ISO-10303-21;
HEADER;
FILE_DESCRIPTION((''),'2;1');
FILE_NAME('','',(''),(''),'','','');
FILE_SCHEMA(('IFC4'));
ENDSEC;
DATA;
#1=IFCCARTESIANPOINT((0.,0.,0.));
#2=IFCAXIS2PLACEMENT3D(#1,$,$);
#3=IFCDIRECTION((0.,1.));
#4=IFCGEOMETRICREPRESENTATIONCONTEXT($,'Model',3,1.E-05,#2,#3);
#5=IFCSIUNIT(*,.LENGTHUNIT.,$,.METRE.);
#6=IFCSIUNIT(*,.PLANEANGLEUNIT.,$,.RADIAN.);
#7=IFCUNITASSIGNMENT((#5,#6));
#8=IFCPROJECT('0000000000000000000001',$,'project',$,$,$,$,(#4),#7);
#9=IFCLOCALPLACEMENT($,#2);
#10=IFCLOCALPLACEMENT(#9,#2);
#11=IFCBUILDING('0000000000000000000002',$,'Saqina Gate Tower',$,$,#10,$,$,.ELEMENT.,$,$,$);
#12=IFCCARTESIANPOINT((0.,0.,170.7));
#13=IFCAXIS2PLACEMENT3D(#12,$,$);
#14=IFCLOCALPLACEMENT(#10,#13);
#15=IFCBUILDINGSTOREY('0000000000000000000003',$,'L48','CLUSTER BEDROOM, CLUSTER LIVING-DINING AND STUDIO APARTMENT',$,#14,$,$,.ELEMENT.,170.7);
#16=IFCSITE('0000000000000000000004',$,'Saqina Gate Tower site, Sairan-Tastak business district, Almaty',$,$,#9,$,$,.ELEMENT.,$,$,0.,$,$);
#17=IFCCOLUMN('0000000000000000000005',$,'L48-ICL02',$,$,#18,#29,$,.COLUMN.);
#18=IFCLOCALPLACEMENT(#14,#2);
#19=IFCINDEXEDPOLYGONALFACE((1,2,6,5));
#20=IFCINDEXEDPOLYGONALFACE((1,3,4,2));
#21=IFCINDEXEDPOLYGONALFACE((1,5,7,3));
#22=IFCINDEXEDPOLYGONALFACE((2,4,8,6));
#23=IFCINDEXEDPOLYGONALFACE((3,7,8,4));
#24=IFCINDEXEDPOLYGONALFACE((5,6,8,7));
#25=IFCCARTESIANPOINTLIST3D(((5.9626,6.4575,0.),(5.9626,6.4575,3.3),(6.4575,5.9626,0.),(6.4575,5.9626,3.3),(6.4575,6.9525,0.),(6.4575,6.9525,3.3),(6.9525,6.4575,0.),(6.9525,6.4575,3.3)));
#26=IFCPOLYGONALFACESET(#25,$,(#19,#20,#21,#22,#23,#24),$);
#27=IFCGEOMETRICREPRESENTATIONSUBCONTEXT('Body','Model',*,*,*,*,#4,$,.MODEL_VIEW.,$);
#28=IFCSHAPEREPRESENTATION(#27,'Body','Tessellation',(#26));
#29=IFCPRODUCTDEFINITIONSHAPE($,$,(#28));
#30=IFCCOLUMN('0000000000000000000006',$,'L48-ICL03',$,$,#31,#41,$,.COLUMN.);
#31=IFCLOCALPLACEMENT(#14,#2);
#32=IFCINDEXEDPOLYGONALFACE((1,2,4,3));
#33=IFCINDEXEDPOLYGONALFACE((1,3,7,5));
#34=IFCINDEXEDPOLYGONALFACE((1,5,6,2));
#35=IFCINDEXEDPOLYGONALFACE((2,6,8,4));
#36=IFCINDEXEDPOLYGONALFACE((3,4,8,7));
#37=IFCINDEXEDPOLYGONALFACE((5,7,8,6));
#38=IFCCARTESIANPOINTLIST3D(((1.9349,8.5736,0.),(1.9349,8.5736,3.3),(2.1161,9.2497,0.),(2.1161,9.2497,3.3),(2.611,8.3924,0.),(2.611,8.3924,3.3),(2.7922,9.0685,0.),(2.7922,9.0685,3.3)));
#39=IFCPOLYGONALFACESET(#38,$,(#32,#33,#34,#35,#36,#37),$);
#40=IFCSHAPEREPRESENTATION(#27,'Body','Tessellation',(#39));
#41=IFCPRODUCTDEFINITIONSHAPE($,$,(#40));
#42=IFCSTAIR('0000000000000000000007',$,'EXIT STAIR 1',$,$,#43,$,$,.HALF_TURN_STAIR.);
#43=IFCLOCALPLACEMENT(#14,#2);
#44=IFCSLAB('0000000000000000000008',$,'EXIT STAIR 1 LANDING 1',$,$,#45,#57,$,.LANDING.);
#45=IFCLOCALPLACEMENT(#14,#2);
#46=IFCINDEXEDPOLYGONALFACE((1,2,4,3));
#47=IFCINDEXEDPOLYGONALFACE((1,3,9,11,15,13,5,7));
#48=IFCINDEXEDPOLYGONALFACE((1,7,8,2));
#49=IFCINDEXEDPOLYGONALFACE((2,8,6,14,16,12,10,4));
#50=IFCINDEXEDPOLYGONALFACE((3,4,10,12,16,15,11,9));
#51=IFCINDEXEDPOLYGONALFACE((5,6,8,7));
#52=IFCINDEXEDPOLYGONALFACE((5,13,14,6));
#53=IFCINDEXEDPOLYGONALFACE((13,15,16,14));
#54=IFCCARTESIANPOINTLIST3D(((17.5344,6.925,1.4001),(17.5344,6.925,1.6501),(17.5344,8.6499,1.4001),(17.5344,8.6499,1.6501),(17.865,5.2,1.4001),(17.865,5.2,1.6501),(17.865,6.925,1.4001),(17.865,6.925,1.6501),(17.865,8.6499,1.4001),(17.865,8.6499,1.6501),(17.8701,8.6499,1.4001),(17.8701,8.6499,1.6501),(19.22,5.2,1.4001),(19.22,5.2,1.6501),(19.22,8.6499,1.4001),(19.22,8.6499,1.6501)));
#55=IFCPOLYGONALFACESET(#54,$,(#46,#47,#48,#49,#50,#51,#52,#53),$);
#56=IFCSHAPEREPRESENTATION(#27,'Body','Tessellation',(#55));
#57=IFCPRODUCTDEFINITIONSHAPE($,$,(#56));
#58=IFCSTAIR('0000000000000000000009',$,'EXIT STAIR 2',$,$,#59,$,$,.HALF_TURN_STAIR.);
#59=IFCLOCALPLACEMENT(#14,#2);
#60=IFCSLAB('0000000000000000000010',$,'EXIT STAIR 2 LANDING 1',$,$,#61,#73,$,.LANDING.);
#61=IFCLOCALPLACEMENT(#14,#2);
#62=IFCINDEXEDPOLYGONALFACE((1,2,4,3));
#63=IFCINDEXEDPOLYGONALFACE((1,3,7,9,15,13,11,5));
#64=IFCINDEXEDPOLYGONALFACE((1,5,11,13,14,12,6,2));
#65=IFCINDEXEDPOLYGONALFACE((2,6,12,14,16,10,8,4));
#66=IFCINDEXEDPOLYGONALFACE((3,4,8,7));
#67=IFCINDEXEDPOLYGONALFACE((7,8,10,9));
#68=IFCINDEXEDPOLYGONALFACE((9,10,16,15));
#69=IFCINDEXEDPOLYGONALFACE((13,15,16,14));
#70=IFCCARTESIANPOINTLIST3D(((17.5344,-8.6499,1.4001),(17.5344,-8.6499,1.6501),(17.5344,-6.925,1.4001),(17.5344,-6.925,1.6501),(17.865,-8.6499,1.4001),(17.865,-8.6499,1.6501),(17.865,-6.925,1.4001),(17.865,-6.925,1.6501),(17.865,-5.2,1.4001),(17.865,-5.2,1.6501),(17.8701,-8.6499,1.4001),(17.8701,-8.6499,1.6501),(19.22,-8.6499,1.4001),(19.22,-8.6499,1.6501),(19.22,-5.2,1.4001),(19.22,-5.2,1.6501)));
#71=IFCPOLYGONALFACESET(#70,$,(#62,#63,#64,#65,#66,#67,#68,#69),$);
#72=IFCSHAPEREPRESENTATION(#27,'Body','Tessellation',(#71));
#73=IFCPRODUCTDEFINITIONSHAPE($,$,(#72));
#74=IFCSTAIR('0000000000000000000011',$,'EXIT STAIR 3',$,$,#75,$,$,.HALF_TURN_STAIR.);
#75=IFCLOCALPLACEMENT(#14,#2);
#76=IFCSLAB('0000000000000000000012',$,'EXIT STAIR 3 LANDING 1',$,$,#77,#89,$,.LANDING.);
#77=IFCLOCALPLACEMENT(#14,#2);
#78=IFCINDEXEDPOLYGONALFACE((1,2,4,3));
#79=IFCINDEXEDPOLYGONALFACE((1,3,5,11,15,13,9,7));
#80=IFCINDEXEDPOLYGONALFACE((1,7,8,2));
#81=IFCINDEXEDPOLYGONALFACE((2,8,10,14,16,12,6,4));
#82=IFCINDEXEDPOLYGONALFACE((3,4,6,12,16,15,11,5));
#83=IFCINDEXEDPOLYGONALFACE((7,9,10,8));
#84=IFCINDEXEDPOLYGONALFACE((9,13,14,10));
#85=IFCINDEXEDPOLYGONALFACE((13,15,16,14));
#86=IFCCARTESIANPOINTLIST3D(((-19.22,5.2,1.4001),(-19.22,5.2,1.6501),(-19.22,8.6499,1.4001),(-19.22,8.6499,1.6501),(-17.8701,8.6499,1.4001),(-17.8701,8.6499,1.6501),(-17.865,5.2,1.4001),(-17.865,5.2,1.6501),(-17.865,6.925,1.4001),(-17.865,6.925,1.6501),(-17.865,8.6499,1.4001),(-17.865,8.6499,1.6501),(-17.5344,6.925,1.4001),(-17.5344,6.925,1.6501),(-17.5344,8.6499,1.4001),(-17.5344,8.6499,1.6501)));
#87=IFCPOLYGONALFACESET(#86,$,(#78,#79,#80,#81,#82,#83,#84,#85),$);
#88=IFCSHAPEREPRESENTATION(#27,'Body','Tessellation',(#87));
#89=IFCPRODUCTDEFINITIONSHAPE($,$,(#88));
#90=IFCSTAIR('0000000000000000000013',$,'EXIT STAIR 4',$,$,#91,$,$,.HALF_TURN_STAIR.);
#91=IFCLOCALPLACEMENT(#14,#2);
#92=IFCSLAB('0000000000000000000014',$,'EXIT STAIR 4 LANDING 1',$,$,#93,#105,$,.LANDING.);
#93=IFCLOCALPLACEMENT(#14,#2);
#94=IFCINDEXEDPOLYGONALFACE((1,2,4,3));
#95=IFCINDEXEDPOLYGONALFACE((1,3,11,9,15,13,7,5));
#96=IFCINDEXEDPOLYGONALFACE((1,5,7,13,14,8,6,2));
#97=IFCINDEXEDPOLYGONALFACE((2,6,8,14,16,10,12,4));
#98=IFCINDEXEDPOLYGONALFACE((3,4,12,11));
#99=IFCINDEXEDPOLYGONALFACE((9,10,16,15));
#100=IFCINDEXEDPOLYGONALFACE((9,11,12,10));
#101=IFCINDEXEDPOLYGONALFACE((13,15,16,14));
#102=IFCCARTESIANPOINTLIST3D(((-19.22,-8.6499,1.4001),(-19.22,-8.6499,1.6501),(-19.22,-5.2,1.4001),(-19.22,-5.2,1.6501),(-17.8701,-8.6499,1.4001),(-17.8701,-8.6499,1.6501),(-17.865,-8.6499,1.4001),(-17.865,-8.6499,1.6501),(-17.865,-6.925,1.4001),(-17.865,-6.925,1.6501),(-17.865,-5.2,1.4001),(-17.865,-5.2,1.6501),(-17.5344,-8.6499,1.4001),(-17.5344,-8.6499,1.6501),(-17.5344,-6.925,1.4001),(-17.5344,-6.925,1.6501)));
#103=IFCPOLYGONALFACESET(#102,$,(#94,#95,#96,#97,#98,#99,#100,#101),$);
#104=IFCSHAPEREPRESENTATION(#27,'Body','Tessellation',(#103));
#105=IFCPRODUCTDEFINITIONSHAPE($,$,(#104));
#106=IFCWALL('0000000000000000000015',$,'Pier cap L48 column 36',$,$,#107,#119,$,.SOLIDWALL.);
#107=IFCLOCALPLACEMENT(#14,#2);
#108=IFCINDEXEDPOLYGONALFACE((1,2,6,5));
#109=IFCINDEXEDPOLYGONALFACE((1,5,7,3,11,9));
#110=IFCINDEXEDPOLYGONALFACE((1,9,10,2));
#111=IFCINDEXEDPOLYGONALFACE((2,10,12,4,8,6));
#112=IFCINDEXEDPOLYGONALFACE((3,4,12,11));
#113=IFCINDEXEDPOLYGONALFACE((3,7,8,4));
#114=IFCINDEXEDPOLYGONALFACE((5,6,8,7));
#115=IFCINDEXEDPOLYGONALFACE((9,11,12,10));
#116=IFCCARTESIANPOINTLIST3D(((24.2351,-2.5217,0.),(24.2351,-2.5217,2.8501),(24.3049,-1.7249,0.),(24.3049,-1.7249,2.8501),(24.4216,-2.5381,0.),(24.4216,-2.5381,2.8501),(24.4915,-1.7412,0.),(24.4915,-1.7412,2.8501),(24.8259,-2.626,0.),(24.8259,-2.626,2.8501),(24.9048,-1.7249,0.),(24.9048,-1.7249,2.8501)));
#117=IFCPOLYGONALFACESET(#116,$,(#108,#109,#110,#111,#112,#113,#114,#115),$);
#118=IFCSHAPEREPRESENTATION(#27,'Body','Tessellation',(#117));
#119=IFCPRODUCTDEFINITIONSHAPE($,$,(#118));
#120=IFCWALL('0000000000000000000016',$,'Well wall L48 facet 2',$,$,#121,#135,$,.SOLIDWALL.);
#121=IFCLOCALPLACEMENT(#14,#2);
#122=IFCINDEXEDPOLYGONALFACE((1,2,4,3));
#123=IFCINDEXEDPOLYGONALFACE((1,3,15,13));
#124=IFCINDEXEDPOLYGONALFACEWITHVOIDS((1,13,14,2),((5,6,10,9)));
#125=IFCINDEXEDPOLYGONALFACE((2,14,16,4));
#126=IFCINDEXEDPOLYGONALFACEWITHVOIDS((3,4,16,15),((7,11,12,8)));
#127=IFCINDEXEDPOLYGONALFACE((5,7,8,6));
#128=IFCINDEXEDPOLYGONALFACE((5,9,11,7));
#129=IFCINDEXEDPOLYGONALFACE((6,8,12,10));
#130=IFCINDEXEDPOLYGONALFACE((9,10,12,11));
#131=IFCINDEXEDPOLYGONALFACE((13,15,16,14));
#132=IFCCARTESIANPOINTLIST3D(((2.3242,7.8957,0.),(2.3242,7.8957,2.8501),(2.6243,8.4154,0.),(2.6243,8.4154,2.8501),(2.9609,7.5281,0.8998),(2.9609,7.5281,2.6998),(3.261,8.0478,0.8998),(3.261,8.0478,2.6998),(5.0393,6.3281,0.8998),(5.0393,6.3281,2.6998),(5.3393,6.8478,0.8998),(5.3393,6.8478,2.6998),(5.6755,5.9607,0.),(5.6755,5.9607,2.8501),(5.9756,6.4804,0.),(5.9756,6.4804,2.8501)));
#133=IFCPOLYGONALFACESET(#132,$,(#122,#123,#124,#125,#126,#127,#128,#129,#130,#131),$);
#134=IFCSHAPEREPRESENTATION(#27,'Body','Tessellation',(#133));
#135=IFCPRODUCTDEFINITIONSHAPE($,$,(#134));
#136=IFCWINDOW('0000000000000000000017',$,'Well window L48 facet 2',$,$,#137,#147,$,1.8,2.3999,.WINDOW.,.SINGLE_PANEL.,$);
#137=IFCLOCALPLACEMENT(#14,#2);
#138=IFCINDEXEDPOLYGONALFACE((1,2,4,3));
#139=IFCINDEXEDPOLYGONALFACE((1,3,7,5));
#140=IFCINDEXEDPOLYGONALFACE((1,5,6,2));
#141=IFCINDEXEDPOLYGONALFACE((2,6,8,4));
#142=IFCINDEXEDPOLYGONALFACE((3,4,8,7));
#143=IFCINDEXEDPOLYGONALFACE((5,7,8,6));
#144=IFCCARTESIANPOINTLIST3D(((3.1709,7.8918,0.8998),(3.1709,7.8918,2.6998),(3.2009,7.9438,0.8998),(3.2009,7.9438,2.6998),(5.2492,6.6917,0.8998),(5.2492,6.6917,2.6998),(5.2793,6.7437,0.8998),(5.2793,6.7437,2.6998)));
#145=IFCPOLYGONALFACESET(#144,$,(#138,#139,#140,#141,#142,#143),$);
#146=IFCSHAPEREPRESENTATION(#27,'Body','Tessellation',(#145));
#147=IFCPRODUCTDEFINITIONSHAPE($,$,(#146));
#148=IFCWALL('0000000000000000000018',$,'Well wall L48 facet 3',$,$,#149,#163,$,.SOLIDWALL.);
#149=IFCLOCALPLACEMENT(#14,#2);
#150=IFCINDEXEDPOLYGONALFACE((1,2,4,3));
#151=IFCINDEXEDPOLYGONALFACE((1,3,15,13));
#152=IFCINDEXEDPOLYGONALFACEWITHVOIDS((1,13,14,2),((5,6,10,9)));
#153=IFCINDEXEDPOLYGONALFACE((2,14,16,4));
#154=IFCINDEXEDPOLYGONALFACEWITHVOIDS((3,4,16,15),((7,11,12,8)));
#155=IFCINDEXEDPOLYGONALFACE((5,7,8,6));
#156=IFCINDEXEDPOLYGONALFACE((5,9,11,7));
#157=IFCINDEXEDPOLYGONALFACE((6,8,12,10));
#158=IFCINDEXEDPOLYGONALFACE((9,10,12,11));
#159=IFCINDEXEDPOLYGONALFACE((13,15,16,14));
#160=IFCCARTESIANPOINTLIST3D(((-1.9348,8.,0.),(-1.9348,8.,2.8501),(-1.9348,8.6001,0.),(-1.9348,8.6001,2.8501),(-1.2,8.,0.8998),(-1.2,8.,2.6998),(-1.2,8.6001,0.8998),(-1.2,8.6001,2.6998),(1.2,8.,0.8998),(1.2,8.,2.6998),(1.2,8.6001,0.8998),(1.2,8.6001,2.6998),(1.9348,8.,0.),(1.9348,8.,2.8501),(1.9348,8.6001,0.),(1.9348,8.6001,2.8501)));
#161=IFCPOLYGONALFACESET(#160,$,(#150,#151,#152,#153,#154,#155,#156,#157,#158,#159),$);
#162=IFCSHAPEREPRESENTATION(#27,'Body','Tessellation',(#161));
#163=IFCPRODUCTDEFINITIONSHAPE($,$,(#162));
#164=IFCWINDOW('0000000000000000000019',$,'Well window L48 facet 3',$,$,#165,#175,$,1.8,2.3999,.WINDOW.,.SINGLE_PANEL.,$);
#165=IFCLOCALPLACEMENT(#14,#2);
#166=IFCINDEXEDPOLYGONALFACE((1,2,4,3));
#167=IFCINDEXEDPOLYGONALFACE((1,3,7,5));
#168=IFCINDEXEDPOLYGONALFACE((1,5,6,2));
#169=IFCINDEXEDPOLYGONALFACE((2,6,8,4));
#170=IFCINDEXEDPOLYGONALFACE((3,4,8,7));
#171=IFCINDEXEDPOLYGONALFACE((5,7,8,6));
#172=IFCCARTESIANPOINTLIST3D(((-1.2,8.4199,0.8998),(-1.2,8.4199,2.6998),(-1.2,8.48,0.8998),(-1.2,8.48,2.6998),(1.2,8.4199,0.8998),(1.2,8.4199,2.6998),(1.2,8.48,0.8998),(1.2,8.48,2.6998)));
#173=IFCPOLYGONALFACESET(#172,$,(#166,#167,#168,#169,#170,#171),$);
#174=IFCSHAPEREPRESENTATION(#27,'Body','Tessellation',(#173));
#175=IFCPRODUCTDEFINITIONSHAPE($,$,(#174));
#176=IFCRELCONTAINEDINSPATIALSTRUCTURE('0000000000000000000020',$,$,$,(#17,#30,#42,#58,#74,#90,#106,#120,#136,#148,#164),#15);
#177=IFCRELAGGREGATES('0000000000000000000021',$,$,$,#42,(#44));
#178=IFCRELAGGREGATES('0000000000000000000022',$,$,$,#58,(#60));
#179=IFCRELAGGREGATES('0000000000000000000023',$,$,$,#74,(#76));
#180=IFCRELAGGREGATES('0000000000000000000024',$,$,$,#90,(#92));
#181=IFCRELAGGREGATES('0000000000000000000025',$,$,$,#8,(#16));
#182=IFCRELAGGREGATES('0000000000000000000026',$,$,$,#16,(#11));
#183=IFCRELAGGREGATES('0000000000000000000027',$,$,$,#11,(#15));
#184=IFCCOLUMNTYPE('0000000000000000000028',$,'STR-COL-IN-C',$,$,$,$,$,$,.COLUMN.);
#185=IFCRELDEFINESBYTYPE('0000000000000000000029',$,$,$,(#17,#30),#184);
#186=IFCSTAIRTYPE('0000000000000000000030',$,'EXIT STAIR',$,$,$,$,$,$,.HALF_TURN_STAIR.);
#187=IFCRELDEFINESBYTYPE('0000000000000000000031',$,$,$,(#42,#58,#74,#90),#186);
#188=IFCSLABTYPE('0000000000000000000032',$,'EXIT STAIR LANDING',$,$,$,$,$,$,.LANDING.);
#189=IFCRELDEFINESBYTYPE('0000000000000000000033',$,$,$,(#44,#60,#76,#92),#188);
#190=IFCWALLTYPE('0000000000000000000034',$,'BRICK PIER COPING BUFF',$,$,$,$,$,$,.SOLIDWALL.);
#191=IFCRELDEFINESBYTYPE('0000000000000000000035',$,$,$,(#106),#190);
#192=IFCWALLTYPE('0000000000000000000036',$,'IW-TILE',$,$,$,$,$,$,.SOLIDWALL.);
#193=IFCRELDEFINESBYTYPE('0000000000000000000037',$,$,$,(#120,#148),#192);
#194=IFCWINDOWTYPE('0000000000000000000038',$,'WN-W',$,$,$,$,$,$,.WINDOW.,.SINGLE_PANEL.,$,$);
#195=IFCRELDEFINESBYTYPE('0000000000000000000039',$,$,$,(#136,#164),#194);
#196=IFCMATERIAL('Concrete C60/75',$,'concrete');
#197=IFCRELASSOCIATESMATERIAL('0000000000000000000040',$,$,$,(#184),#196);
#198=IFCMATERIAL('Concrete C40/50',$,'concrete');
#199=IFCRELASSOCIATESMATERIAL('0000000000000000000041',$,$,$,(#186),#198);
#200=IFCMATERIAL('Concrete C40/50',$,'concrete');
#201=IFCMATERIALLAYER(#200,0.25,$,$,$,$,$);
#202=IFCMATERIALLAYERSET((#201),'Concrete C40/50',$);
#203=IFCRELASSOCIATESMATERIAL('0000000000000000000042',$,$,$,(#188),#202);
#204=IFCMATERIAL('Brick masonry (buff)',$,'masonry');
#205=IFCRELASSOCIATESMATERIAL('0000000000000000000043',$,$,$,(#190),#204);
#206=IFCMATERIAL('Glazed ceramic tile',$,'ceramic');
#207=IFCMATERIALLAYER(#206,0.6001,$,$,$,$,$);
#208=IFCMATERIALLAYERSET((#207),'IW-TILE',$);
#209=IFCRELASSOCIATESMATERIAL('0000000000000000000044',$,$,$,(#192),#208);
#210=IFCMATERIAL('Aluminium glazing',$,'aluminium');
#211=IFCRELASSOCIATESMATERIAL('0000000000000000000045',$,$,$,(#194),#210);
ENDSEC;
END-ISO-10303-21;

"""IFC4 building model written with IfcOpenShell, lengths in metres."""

from ifc_helpers import new_model, si_unit, direction, frame, frame_2d, origin, origin_2d, place, context, subcontext, project, spatial, polyline, rectangle, outline, extrude, material, layer, layer_set, material_profile, profile_set, type_object, element, fill, aggregate, save


model = new_model("IFC4")

# Units and contexts
model_context = context("Model", 3, precision=1e-05, world=origin(), true_north=direction((0.0, 1.0)))
body_context = subcontext(model_context, "Body", "Model", "MODEL_VIEW")
ifc_project = project(units=[si_unit("LENGTHUNIT", "METRE"), si_unit("PLANEANGLEUNIT", "RADIAN")], contexts=[model_context])

# Site, building, storey
site_placement = place(None, origin())
site = spatial("IfcSite", under=ifc_project, at=site_placement, Name="Saqina Gate Tower site, Sairan-Tastak business district, Almaty", CompositionType="ELEMENT", RefElevation=0.0)
building_placement = place(site_placement, origin())
building = spatial("IfcBuilding", under=site, at=building_placement, Name="Saqina Gate Tower", CompositionType="ELEMENT")
storey_placement = place(building_placement, frame((0.0, 0.0, 170.7)))
storey = spatial("IfcBuildingStorey", under=building, at=storey_placement, Name="L48", Description="CLUSTER BEDROOM, CLUSTER LIVING-DINING AND STUDIO APARTMENT", CompositionType="ELEMENT", Elevation=170.7)

# Columns
ifc_material_1 = material(Name="Concrete C60/75", Category="concrete")
ifc_material_profile = material_profile(ifc_material_1, rectangle(XDim=0.7, YDim=0.7, at=origin_2d()), Name="RC 700x700")
ifc_profile_set = profile_set([ifc_material_profile], Name="Concrete C60/75")
column_type = type_object("IfcColumnType", Name="STR-COL-IN-C", PredefinedType="COLUMN", material=ifc_profile_set)
for number, where, z_axis, x_axis, name in (
    (1, (6.4575, 6.4575, 0.0), (0.0, 0.0, 1.0), (0.707107, 0.707107, 0.0), "L48-ICL02"),
    (2, (2.3635, 8.821, 0.0), (0.0, 0.0, 1.0), (0.258819, 0.965926, 0.0), "L48-ICL03"),
):
    element("IfcColumn", number, at=place(storey_placement, frame(where, z_axis=z_axis, x_axis=x_axis)), inside=storey, type_object=column_type, Name=name, PredefinedType="COLUMN", context=body_context, shape_type="SweptSolid", body=[
        extrude(rectangle(XDim=0.7, YDim=0.7, at=origin_2d()), origin(), (0.0, 0.0, 1.0), 3.3),
    ])

# Stairs, slabs
ifc_material_2 = material(Name="Concrete C40/50", Category="concrete")
stair_type = type_object("IfcStairType", Name="EXIT STAIR", PredefinedType="HALF_TURN_STAIR", material=ifc_material_2)
stair_1_placement = place(storey_placement, origin())
stair_1 = element("IfcStair", 3, at=stair_1_placement, inside=storey, type_object=stair_type, Name="EXIT STAIR 1", PredefinedType="HALF_TURN_STAIR")
ifc_material_3 = material(Name="Concrete C40/50", Category="concrete")
ifc_layer_1 = layer(ifc_material_3, 0.25)
ifc_layer_set_1 = layer_set([ifc_layer_1], Name="Concrete C40/50")
slab_type = type_object("IfcSlabType", Name="EXIT STAIR LANDING", PredefinedType="LANDING", material=ifc_layer_set_1)
slab_1_placement = place(storey_placement, frame((0.0, 0.0, 1.4001)))
slab_1 = element("IfcSlab", 4, at=slab_1_placement, type_object=slab_type, Name="EXIT STAIR 1 LANDING 1", PredefinedType="LANDING", context=body_context, shape_type="SweptSolid", body=[
    extrude(outline(polyline([(19.22, 8.6499), (19.22, 5.2), (17.865, 5.2), (17.865, 6.925), (17.5344, 6.925), (17.5344, 8.6499), (17.865, 8.6499), (17.8701, 8.6499), (19.22, 8.6499)])), origin(), (0.0, 0.0, 1.0), 0.25),
])
aggregate(stair_1, [slab_1])
stair_2_placement = place(storey_placement, origin())
stair_2 = element("IfcStair", 5, at=stair_2_placement, inside=storey, type_object=stair_type, Name="EXIT STAIR 2", PredefinedType="HALF_TURN_STAIR")
slab_2_placement = place(storey_placement, frame((0.0, 0.0, 1.4001)))
slab_2 = element("IfcSlab", 6, at=slab_2_placement, type_object=slab_type, Name="EXIT STAIR 2 LANDING 1", PredefinedType="LANDING", context=body_context, shape_type="SweptSolid", body=[
    extrude(outline(polyline([(17.5344, -8.6499), (17.5344, -6.925), (17.865, -6.925), (17.865, -5.2), (19.22, -5.2), (19.22, -8.6499), (17.8701, -8.6499), (17.865, -8.6499), (17.5344, -8.6499)])), origin(), (0.0, 0.0, 1.0), 0.25),
])
aggregate(stair_2, [slab_2])
stair_3_placement = place(storey_placement, origin())
stair_3 = element("IfcStair", 7, at=stair_3_placement, inside=storey, type_object=stair_type, Name="EXIT STAIR 3", PredefinedType="HALF_TURN_STAIR")
slab_3_placement = place(storey_placement, frame((0.0, 0.0, 1.4001)))
slab_3 = element("IfcSlab", 8, at=slab_3_placement, type_object=slab_type, Name="EXIT STAIR 3 LANDING 1", PredefinedType="LANDING", context=body_context, shape_type="SweptSolid", body=[
    extrude(outline(polyline([(-17.865, 5.2), (-19.22, 5.2), (-19.22, 8.6499), (-17.8701, 8.6499), (-17.865, 8.6499), (-17.5344, 8.6499), (-17.5344, 6.925), (-17.865, 6.925), (-17.865, 5.2)])), origin(), (0.0, 0.0, 1.0), 0.25),
])
aggregate(stair_3, [slab_3])
stair_4_placement = place(storey_placement, origin())
stair_4 = element("IfcStair", 9, at=stair_4_placement, inside=storey, type_object=stair_type, Name="EXIT STAIR 4", PredefinedType="HALF_TURN_STAIR")
slab_4_placement = place(storey_placement, frame((0.0, 0.0, 1.4001)))
slab_4 = element("IfcSlab", 10, at=slab_4_placement, type_object=slab_type, Name="EXIT STAIR 4 LANDING 1", PredefinedType="LANDING", context=body_context, shape_type="SweptSolid", body=[
    extrude(outline(polyline([(-17.5344, -6.925), (-17.5344, -8.6499), (-17.865, -8.6499), (-17.8701, -8.6499), (-19.22, -8.6499), (-19.22, -5.2), (-17.865, -5.2), (-17.865, -6.925), (-17.5344, -6.925)])), origin(), (0.0, 0.0, 1.0), 0.25),
])
aggregate(stair_4, [slab_4])

# Wall
ifc_material_4 = material(Name="Brick masonry (buff)", Category="masonry")
wall_type_1 = type_object("IfcWallType", Name="BRICK PIER COPING BUFF", PredefinedType="SOLIDWALL", material=ifc_material_4)
wall_1_placement = place(storey_placement, origin())
element("IfcWall", 11, at=wall_1_placement, inside=storey, type_object=wall_type_1, Name="Pier cap L48 column 36", PredefinedType="SOLIDWALL", context=body_context, shape_type="SweptSolid", body=[
    extrude(outline(polyline([(24.8259, -2.626), (24.9048, -1.7249), (24.3049, -1.7249), (24.4915, -1.7412), (24.4216, -2.5381), (24.2351, -2.5217), (24.8259, -2.626)])), origin(), (0.0, 0.0, 1.0), 2.8501),
])

# Walls, openings, windows
ifc_material_5 = material(Name="Glazed ceramic tile", Category="ceramic")
ifc_layer_2 = layer(ifc_material_5, 0.6001)
ifc_layer_set_2 = layer_set([ifc_layer_2], Name="IW-TILE")
wall_type_2 = type_object("IfcWallType", Name="IW-TILE", PredefinedType="SOLIDWALL", material=ifc_layer_set_2)
wall_2_placement = place(storey_placement, frame((5.8257, 6.2205, 0.0), z_axis=(0.0, 0.0, 1.0), x_axis=(-0.866006, 0.500034, 0.0)))
wall_2 = element("IfcWall", 12, at=wall_2_placement, inside=storey, type_object=wall_type_2, Name="Well wall L48 facet 2", PredefinedType="SOLIDWALL", context=body_context, shape_type="SweptSolid", body=[
    extrude(rectangle(XDim=3.8699, YDim=0.6001, at=frame_2d((1.9351, 0.0))), origin(), (0.0, 0.0, 1.0), 2.8501),
])
opening_1_placement = place(wall_2_placement, frame((0.7349, 0.0, 0.8999)))
opening_1 = element("IfcOpeningElement", 13, at=opening_1_placement, cuts=wall_2, PredefinedType="OPENING", context=body_context, shape_type="SweptSolid", body=[
    extrude(rectangle(XDim=2.3999, YDim=1.8, at=frame_2d((1.2, 0.8999))), frame((0.0, 0.312, 0.0), z_axis=(0.0, -1.0, 0.0), x_axis=(1.0, 0.0, 0.0)), (0.0, 0.0, 1.0), 0.624),
])
ifc_material_6 = material(Name="Aluminium glazing", Category="aluminium")
window_type = type_object("IfcWindowType", Name="WN-W", PartitioningType="SINGLE_PANEL", PredefinedType="WINDOW", material=ifc_material_6)
window_1_placement = place(opening_1_placement, origin())
window_1 = element("IfcWindow", 14, at=window_1_placement, inside=storey, type_object=window_type, Name="Well window L48 facet 2", OverallHeight=1.8, OverallWidth=2.3999, PartitioningType="SINGLE_PANEL", PredefinedType="WINDOW", context=body_context, shape_type="SweptSolid", body=[
    extrude(rectangle(XDim=2.3999, YDim=1.8, at=frame_2d((1.2, 0.8999))), frame((0.0, -0.1199, 0.0), z_axis=(0.0, -1.0, 0.0), x_axis=(1.0, 0.0, 0.0)), (0.0, 0.0, 1.0), 0.0601),
])
fill(opening_1, window_1)
wall_3_placement = place(storey_placement, frame((1.9348, 8.3, 0.0), z_axis=(0.0, 0.0, 1.0), x_axis=(-1.0, 0.0, 0.0)))
wall_3 = element("IfcWall", 15, at=wall_3_placement, inside=storey, type_object=wall_type_2, Name="Well wall L48 facet 3", PredefinedType="SOLIDWALL", context=body_context, shape_type="SweptSolid", body=[
    extrude(rectangle(XDim=3.8696, YDim=0.6001, at=frame_2d((1.9348, 0.0))), origin(), (0.0, 0.0, 1.0), 2.8501),
])
opening_2_placement = place(wall_3_placement, frame((0.7349, 0.0, 0.8999)))
opening_2 = element("IfcOpeningElement", 16, at=opening_2_placement, cuts=wall_3, PredefinedType="OPENING", context=body_context, shape_type="SweptSolid", body=[
    extrude(rectangle(XDim=2.3999, YDim=1.8, at=frame_2d((1.2, 0.8999))), frame((0.0, 0.312, 0.0), z_axis=(0.0, -1.0, 0.0), x_axis=(1.0, 0.0, 0.0)), (0.0, 0.0, 1.0), 0.624),
])
window_2_placement = place(opening_2_placement, origin())
window_2 = element("IfcWindow", 17, at=window_2_placement, inside=storey, type_object=window_type, Name="Well window L48 facet 3", OverallHeight=1.8, OverallWidth=2.3999, PartitioningType="SINGLE_PANEL", PredefinedType="WINDOW", context=body_context, shape_type="SweptSolid", body=[
    extrude(rectangle(XDim=2.3999, YDim=1.8, at=frame_2d((1.2, 0.8999))), frame((0.0, -0.1199, 0.0), z_axis=(0.0, -1.0, 0.0), x_axis=(1.0, 0.0, 0.0)), (0.0, 0.0, 1.0), 0.0601),
])
fill(opening_2, window_2)

save(model, "model.ifc")
